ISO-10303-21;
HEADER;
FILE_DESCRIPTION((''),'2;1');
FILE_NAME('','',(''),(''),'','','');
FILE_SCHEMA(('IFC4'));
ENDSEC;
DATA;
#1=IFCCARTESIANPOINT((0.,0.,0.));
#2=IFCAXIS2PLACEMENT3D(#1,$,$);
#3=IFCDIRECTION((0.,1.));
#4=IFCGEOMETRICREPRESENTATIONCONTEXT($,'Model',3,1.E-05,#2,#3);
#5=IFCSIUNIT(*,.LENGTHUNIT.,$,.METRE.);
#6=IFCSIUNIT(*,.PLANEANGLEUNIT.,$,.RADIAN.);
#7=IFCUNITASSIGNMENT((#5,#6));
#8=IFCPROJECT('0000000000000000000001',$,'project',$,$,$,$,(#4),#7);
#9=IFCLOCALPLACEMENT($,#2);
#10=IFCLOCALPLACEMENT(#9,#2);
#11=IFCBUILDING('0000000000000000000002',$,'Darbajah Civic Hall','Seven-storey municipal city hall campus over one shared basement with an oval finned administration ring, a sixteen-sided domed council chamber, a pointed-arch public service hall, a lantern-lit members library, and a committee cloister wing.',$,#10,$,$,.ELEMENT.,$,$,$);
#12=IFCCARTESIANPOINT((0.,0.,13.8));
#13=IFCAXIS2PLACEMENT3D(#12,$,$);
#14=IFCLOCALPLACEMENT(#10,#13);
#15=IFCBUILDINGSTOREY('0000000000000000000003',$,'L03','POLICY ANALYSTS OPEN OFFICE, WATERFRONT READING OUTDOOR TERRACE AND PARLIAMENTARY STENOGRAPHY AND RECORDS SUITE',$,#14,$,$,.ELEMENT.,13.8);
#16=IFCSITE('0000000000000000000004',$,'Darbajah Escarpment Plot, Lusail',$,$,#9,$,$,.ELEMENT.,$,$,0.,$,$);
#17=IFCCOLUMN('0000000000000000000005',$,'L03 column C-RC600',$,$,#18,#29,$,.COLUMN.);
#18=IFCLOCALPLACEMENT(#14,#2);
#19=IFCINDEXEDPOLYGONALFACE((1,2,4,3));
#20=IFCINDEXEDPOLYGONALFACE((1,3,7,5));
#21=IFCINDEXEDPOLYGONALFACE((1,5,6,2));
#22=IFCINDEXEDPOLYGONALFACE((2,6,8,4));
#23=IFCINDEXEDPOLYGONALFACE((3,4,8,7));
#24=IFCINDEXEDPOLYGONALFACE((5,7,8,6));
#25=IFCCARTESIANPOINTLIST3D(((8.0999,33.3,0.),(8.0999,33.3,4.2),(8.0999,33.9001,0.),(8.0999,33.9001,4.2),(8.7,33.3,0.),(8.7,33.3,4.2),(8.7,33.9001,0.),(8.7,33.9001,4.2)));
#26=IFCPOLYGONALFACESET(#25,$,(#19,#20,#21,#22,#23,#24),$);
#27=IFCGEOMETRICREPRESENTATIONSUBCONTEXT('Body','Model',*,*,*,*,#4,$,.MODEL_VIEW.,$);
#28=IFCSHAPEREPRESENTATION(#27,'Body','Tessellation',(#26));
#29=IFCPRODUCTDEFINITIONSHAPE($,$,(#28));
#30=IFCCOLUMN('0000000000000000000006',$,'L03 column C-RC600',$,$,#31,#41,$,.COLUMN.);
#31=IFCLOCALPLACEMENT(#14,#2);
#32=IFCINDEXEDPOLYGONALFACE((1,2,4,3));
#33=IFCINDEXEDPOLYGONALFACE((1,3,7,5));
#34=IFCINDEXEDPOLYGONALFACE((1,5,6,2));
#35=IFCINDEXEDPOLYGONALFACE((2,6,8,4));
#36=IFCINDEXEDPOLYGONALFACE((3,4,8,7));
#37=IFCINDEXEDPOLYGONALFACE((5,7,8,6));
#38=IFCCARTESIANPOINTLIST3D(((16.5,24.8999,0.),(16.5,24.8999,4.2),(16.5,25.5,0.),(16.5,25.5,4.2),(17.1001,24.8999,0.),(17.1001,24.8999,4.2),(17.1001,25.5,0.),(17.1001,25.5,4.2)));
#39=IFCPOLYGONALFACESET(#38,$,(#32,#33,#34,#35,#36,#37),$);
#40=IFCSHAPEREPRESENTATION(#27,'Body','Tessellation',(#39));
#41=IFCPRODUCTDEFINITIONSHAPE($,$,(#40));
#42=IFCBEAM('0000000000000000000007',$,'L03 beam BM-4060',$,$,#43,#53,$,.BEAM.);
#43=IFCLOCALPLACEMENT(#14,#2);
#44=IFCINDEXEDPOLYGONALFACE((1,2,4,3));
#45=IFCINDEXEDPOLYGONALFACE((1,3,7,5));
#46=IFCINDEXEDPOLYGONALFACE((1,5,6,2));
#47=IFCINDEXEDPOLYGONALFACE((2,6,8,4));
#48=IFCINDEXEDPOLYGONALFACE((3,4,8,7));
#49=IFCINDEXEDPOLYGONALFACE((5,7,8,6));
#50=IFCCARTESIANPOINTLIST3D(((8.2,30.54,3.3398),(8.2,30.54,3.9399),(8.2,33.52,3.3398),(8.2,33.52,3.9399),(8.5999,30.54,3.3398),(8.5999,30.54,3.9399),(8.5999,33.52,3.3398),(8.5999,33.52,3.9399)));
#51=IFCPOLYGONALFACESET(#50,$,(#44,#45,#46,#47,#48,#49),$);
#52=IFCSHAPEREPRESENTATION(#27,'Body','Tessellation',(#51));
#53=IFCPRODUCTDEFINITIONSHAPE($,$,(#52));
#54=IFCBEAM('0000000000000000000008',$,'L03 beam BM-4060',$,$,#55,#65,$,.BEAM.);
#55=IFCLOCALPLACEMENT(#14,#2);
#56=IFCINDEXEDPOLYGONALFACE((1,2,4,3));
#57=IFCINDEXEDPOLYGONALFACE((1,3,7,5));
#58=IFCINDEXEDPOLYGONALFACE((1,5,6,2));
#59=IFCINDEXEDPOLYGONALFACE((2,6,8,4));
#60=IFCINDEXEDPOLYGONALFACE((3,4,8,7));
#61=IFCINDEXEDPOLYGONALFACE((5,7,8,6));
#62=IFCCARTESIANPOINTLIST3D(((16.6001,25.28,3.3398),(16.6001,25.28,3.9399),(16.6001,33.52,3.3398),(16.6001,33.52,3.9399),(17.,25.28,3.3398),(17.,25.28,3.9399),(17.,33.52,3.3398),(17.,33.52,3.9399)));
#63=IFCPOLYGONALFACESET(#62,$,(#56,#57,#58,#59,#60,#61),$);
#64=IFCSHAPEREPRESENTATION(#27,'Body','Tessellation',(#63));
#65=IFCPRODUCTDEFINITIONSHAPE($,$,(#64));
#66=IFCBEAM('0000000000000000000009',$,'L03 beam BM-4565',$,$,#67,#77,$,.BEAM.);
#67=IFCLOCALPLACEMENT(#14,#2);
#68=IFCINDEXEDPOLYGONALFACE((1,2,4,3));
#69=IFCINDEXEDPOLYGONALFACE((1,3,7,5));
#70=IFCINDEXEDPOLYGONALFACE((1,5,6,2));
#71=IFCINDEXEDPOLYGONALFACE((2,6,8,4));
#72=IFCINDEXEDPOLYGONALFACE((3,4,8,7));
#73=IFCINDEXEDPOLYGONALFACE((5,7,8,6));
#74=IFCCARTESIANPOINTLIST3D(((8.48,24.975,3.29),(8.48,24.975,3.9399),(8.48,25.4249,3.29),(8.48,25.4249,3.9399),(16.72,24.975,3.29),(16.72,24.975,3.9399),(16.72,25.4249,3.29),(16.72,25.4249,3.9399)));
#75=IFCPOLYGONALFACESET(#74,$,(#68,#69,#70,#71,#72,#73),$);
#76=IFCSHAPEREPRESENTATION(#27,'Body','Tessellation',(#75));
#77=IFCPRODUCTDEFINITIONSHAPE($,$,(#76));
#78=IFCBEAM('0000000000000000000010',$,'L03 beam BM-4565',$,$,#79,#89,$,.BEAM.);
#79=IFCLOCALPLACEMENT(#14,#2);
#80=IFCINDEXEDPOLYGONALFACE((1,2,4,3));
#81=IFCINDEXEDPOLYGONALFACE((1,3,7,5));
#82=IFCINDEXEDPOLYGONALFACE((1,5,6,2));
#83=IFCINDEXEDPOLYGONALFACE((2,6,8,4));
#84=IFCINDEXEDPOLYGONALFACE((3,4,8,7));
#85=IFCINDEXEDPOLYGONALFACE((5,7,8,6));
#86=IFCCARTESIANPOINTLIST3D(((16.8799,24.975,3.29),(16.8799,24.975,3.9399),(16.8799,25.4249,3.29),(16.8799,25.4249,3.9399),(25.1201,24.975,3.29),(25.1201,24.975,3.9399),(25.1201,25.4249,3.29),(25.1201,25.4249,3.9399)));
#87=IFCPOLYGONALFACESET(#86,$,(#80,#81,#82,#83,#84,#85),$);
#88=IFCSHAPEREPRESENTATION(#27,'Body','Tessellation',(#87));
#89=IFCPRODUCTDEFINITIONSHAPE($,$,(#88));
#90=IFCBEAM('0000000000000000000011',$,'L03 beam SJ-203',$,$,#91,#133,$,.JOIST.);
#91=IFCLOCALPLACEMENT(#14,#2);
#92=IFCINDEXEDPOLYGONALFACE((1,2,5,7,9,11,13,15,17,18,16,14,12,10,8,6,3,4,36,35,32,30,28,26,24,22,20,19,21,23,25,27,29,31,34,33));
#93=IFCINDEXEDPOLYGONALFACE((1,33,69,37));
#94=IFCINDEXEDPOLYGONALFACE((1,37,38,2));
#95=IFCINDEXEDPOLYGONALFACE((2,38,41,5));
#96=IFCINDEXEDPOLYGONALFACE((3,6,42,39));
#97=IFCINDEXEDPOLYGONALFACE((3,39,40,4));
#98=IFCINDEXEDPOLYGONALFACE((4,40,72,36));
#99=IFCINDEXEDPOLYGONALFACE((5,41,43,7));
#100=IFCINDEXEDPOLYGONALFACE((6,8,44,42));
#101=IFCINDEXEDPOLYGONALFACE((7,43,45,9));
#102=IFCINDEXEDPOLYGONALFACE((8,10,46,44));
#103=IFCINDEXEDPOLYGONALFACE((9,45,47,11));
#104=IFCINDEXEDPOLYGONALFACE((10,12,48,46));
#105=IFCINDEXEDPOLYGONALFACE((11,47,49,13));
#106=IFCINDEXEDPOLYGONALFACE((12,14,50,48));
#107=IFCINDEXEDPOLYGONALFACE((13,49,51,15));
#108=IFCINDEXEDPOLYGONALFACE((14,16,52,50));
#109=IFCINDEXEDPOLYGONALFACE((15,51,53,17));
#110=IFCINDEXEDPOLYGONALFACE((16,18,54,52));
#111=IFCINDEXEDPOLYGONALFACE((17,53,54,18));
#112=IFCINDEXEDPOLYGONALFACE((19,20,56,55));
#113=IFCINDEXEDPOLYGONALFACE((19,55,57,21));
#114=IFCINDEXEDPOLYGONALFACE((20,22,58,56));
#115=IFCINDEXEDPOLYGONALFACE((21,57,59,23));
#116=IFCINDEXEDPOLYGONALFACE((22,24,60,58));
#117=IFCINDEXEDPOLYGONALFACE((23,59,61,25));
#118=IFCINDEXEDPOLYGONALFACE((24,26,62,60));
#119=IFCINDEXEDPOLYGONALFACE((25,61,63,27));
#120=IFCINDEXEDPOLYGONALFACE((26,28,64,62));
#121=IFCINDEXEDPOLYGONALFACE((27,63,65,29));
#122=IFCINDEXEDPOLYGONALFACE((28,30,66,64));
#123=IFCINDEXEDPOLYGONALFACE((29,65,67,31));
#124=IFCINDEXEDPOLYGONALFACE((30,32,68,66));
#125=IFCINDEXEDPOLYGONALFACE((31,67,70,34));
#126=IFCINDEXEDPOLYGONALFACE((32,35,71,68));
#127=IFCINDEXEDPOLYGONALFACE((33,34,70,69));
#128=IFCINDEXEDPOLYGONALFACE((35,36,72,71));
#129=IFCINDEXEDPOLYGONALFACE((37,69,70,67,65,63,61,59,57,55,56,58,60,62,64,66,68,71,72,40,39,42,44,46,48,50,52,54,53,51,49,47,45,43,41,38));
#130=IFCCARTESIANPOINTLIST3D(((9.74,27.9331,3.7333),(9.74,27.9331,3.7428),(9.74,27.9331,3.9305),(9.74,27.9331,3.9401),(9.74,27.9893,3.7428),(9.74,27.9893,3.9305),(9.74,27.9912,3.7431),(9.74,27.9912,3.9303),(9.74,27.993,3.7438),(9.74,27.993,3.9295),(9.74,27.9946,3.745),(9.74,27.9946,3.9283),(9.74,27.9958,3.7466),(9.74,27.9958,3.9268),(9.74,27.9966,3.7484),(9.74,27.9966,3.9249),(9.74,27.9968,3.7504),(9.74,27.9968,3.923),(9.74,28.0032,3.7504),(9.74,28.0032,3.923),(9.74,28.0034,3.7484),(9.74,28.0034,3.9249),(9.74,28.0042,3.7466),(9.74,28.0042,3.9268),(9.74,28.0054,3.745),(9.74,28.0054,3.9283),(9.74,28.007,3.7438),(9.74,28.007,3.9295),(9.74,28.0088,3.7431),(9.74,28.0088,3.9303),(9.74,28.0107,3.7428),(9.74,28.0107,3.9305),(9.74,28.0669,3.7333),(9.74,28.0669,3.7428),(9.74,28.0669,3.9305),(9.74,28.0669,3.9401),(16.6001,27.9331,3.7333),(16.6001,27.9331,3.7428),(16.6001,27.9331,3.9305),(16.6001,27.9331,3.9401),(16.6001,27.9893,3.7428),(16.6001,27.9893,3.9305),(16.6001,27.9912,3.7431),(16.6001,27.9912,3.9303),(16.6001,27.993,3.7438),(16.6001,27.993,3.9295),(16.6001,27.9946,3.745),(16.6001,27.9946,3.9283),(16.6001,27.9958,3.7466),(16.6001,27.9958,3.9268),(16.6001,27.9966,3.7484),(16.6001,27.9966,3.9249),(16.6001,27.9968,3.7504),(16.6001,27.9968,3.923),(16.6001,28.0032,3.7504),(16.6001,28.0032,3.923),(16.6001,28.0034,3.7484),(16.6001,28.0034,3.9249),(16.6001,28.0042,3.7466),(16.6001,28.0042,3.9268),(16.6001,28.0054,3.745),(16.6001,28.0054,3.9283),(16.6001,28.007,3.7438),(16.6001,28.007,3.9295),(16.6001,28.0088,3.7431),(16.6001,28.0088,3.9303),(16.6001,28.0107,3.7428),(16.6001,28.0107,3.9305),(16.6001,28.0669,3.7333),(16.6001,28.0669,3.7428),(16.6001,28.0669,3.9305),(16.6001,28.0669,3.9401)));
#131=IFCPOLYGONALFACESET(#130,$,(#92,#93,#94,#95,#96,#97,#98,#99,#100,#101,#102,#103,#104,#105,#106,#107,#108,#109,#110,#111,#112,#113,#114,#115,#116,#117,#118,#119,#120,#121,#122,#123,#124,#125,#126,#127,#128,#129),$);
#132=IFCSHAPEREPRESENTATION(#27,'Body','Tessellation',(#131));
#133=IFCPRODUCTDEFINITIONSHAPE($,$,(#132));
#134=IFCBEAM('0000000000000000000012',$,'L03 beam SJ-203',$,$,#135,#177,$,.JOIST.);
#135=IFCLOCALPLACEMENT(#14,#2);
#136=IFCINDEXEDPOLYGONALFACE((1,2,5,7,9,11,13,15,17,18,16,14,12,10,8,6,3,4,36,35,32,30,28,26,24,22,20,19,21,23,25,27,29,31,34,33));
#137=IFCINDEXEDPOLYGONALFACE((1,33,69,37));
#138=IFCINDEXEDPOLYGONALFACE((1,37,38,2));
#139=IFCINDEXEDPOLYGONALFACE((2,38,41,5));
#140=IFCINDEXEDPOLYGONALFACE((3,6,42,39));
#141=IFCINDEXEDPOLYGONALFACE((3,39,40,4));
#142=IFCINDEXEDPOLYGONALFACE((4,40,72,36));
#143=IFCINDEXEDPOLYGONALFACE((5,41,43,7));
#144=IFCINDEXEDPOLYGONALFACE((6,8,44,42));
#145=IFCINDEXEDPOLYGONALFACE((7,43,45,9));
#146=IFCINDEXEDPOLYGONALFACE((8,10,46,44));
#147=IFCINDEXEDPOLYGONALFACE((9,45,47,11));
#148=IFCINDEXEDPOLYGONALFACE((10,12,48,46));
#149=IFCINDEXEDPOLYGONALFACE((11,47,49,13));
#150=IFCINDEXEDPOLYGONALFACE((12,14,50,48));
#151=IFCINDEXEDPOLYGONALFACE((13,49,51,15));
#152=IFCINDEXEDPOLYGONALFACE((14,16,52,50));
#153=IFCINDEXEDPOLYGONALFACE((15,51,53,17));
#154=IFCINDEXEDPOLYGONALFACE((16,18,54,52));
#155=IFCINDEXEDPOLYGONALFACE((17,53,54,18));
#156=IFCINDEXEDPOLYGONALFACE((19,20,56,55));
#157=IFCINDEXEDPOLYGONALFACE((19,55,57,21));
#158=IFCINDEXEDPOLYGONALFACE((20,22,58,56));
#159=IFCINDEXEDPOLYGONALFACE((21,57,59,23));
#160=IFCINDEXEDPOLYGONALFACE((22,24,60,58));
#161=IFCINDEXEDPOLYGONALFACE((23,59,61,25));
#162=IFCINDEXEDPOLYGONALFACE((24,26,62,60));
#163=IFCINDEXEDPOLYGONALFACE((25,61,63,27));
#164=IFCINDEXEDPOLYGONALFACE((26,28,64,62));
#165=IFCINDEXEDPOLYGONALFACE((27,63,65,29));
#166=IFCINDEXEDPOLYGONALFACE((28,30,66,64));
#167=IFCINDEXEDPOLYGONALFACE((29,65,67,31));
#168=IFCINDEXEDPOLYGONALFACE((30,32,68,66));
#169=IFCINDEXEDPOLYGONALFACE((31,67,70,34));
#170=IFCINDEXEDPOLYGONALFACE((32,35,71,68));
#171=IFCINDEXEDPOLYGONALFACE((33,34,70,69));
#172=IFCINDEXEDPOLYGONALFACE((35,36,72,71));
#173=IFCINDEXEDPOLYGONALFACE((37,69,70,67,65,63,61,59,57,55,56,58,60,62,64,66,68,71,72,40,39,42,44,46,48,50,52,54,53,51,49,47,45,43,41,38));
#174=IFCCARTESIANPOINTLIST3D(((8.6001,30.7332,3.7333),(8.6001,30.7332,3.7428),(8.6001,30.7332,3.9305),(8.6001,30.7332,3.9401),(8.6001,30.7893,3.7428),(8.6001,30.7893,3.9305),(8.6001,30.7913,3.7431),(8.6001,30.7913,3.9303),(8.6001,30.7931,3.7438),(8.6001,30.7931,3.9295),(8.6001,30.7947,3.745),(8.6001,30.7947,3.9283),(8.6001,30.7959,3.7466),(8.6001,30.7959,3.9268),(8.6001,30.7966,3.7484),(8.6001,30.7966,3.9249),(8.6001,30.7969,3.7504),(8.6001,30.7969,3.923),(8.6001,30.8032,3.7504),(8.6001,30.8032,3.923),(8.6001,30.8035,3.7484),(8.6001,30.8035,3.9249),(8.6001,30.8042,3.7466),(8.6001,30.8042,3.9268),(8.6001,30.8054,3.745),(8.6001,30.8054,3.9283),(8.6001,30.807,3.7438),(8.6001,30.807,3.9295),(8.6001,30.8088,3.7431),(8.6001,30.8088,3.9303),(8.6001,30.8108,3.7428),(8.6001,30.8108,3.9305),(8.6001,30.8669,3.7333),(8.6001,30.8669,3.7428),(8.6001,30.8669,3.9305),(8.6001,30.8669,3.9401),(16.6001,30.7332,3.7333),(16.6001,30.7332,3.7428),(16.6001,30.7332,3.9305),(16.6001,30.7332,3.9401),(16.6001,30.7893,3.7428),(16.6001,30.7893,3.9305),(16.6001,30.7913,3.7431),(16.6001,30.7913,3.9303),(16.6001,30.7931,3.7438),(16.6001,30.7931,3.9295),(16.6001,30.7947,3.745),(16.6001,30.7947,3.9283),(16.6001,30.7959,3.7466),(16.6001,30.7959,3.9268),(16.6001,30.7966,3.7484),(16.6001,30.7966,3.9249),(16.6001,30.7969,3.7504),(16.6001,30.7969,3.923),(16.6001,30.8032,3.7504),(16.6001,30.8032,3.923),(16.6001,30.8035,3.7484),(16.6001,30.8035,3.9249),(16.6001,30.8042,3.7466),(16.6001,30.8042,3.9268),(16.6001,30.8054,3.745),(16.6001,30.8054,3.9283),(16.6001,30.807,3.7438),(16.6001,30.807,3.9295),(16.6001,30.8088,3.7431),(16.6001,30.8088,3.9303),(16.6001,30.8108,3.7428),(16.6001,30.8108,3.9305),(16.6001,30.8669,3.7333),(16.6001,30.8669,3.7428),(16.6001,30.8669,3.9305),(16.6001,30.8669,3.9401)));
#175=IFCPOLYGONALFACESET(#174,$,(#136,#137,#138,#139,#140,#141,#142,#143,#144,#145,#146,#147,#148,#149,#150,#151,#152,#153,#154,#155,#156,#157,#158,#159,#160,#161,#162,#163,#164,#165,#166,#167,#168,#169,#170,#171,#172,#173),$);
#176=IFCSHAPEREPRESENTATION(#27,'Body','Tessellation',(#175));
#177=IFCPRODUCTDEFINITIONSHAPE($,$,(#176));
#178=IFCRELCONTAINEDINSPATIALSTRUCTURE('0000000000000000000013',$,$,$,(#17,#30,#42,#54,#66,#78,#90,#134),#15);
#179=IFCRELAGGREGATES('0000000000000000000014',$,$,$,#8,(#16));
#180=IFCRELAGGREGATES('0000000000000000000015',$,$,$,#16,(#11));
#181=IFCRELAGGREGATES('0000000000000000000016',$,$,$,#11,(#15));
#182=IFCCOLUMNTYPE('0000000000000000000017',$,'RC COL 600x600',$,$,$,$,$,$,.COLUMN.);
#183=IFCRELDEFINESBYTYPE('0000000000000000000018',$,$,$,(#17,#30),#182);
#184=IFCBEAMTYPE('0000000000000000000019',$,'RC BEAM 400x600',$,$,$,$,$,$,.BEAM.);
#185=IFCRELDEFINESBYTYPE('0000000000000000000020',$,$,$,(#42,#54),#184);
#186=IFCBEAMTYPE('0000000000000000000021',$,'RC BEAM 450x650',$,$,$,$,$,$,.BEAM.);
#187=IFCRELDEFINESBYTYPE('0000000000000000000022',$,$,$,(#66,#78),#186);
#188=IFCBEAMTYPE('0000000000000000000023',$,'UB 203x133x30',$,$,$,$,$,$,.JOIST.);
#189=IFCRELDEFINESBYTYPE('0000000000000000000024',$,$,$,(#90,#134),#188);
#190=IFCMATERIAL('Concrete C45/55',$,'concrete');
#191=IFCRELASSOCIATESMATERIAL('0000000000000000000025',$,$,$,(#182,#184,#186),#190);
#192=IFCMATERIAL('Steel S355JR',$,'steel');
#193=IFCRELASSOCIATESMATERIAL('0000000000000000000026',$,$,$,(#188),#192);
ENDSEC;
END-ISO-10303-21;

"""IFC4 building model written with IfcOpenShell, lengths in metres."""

from ifc_helpers import new_model, si_unit, direction, frame, origin, origin_2d, place, context, subcontext, project, spatial, rectangle, i_section, extrude, material, material_profile, profile_set, type_object, element, save


model = new_model("IFC4")

# Units and contexts
model_context = context("Model", 3, precision=1e-05, world=origin(), true_north=direction((0.0, 1.0)))
body_context = subcontext(model_context, "Body", "Model", "MODEL_VIEW")
ifc_project = project(units=[si_unit("LENGTHUNIT", "METRE"), si_unit("PLANEANGLEUNIT", "RADIAN")], contexts=[model_context])

# Site, building, storey
site_placement = place(None, origin())
site = spatial("IfcSite", under=ifc_project, at=site_placement, Name="Darbajah Escarpment Plot, Lusail", CompositionType="ELEMENT", RefElevation=0.0)
building_placement = place(site_placement, origin())
building = spatial("IfcBuilding", under=site, at=building_placement, Name="Darbajah Civic Hall", Description="Seven-storey municipal city hall campus over one shared basement with an oval finned administration ring, a sixteen-sided domed council chamber, a pointed-arch public service hall, a lantern-lit members library, and a committee cloister wing.", CompositionType="ELEMENT")
storey_placement = place(building_placement, frame((0.0, 0.0, 13.8)))
storey = spatial("IfcBuildingStorey", under=building, at=storey_placement, Name="L03", Description="POLICY ANALYSTS OPEN OFFICE, WATERFRONT READING OUTDOOR TERRACE AND PARLIAMENTARY STENOGRAPHY AND RECORDS SUITE", CompositionType="ELEMENT", Elevation=13.8)

# Columns
ifc_material_1 = material(Name="Concrete C45/55", Category="concrete")
ifc_material_profile_1 = material_profile(ifc_material_1, rectangle(XDim=0.6001, YDim=0.6001, at=origin_2d()), Name="RC COL 600x600")
ifc_profile_set_1 = profile_set([ifc_material_profile_1], Name="Concrete C45/55")
column_type = type_object("IfcColumnType", Name="RC COL 600x600", PredefinedType="COLUMN", material=ifc_profile_set_1)
for number, where, z_axis, x_axis, name in (
    (1, (8.3999, 33.6001, 0.0), (0.0, 0.0, 1.0), (1.0, 0.0, 0.0), "L03 column C-RC600"),
    (2, (16.8, 25.2, 0.0), (0.0, 0.0, 1.0), (1.0, 0.0, 0.0), "L03 column C-RC600"),
):
    element("IfcColumn", number, at=place(storey_placement, frame(where, z_axis=z_axis, x_axis=x_axis)), inside=storey, type_object=column_type, Name=name, PredefinedType="COLUMN", context=body_context, shape_type="SweptSolid", body=[
        extrude(rectangle(XDim=0.6001, YDim=0.6001, at=origin_2d()), origin(), (0.0, 0.0, 1.0), 4.2),
    ])

# Beams
ifc_material_profile_2 = material_profile(ifc_material_1, rectangle(XDim=0.3999, YDim=0.6001, at=origin_2d()), Name="RC BEAM 400x600")
ifc_profile_set_2 = profile_set([ifc_material_profile_2], Name="Concrete C45/55")
beam_type_1 = type_object("IfcBeamType", Name="RC BEAM 400x600", PredefinedType="BEAM", material=ifc_profile_set_2)
beam_1_placement = place(storey_placement, frame((8.3999, 30.54, 3.6399), z_axis=(0.0, 1.0, 0.0), x_axis=(-1.0, 0.0, 0.0)))
element("IfcBeam", 3, at=beam_1_placement, inside=storey, type_object=beam_type_1, Name="L03 beam BM-4060", PredefinedType="BEAM", context=body_context, shape_type="SweptSolid", body=[
    extrude(rectangle(XDim=0.3999, YDim=0.6001, at=origin_2d()), origin(), (0.0, 0.0, 1.0), 2.98),
])
beam_2_placement = place(storey_placement, frame((16.8, 25.28, 3.6399), z_axis=(0.0, 1.0, 0.0), x_axis=(-1.0, 0.0, 0.0)))
element("IfcBeam", 4, at=beam_2_placement, inside=storey, type_object=beam_type_1, Name="L03 beam BM-4060", PredefinedType="BEAM", context=body_context, shape_type="SweptSolid", body=[
    extrude(rectangle(XDim=0.3999, YDim=0.6001, at=origin_2d()), origin(), (0.0, 0.0, 1.0), 8.24),
])
ifc_material_profile_3 = material_profile(ifc_material_1, rectangle(XDim=0.45, YDim=0.6499, at=origin_2d()), Name="RC BEAM 450x650")
ifc_profile_set_3 = profile_set([ifc_material_profile_3], Name="Concrete C45/55")
beam_type_2 = type_object("IfcBeamType", Name="RC BEAM 450x650", PredefinedType="BEAM", material=ifc_profile_set_3)
beam_3_placement = place(storey_placement, frame((8.48, 25.2, 3.615), z_axis=(1.0, 0.0, 0.0), x_axis=(0.0, 1.0, 0.0)))
element("IfcBeam", 5, at=beam_3_placement, inside=storey, type_object=beam_type_2, Name="L03 beam BM-4565", PredefinedType="BEAM", context=body_context, shape_type="SweptSolid", body=[
    extrude(rectangle(XDim=0.45, YDim=0.6499, at=origin_2d()), origin(), (0.0, 0.0, 1.0), 8.24),
])
beam_4_placement = place(storey_placement, frame((16.8799, 25.2, 3.615), z_axis=(1.0, 0.0, 0.0), x_axis=(0.0, 1.0, 0.0)))
element("IfcBeam", 6, at=beam_4_placement, inside=storey, type_object=beam_type_2, Name="L03 beam BM-4565", PredefinedType="BEAM", context=body_context, shape_type="SweptSolid", body=[
    extrude(rectangle(XDim=0.45, YDim=0.6499, at=origin_2d()), origin(), (0.0, 0.0, 1.0), 8.2402),
])
ifc_material_2 = material(Name="Steel S355JR", Category="steel")
ifc_material_profile_4 = material_profile(ifc_material_2, i_section(OverallWidth=0.1338, OverallDepth=0.2068, WebThickness=0.0063, FlangeThickness=0.0095, FilletRadius=0.0076, at=origin_2d()), Name="UB 203x133x30")
ifc_profile_set_4 = profile_set([ifc_material_profile_4], Name="Steel S355JR")
beam_type_3 = type_object("IfcBeamType", Name="UB 203x133x30", PredefinedType="JOIST", material=ifc_profile_set_4)
beam_5_placement = place(storey_placement, frame((9.74, 28.0, 3.8367), z_axis=(1.0, 0.0, 0.0), x_axis=(0.0, 1.0, 0.0)))
element("IfcBeam", 7, at=beam_5_placement, inside=storey, type_object=beam_type_3, Name="L03 beam SJ-203", PredefinedType="JOIST", context=body_context, shape_type="SweptSolid", body=[
    extrude(i_section(OverallWidth=0.1338, OverallDepth=0.2068, WebThickness=0.0063, FlangeThickness=0.0095, FilletRadius=0.0076, at=origin_2d()), origin(), (0.0, 0.0, 1.0), 6.8601),
])
for number, where, z_axis, x_axis, name in (
    (8, (8.6001, 30.8, 3.8367), (1.0, 0.0, 0.0), (0.0, 1.0, 0.0), "L03 beam SJ-203"),
):
    element("IfcBeam", number, at=place(storey_placement, frame(where, z_axis=z_axis, x_axis=x_axis)), inside=storey, type_object=beam_type_3, Name=name, PredefinedType="JOIST", context=body_context, shape_type="SweptSolid", body=[
        extrude(i_section(OverallWidth=0.1338, OverallDepth=0.2068, WebThickness=0.0063, FlangeThickness=0.0095, FilletRadius=0.0076, at=origin_2d()), origin(), (0.0, 0.0, 1.0), 8.0),
    ])

save(model, "model.ifc")
